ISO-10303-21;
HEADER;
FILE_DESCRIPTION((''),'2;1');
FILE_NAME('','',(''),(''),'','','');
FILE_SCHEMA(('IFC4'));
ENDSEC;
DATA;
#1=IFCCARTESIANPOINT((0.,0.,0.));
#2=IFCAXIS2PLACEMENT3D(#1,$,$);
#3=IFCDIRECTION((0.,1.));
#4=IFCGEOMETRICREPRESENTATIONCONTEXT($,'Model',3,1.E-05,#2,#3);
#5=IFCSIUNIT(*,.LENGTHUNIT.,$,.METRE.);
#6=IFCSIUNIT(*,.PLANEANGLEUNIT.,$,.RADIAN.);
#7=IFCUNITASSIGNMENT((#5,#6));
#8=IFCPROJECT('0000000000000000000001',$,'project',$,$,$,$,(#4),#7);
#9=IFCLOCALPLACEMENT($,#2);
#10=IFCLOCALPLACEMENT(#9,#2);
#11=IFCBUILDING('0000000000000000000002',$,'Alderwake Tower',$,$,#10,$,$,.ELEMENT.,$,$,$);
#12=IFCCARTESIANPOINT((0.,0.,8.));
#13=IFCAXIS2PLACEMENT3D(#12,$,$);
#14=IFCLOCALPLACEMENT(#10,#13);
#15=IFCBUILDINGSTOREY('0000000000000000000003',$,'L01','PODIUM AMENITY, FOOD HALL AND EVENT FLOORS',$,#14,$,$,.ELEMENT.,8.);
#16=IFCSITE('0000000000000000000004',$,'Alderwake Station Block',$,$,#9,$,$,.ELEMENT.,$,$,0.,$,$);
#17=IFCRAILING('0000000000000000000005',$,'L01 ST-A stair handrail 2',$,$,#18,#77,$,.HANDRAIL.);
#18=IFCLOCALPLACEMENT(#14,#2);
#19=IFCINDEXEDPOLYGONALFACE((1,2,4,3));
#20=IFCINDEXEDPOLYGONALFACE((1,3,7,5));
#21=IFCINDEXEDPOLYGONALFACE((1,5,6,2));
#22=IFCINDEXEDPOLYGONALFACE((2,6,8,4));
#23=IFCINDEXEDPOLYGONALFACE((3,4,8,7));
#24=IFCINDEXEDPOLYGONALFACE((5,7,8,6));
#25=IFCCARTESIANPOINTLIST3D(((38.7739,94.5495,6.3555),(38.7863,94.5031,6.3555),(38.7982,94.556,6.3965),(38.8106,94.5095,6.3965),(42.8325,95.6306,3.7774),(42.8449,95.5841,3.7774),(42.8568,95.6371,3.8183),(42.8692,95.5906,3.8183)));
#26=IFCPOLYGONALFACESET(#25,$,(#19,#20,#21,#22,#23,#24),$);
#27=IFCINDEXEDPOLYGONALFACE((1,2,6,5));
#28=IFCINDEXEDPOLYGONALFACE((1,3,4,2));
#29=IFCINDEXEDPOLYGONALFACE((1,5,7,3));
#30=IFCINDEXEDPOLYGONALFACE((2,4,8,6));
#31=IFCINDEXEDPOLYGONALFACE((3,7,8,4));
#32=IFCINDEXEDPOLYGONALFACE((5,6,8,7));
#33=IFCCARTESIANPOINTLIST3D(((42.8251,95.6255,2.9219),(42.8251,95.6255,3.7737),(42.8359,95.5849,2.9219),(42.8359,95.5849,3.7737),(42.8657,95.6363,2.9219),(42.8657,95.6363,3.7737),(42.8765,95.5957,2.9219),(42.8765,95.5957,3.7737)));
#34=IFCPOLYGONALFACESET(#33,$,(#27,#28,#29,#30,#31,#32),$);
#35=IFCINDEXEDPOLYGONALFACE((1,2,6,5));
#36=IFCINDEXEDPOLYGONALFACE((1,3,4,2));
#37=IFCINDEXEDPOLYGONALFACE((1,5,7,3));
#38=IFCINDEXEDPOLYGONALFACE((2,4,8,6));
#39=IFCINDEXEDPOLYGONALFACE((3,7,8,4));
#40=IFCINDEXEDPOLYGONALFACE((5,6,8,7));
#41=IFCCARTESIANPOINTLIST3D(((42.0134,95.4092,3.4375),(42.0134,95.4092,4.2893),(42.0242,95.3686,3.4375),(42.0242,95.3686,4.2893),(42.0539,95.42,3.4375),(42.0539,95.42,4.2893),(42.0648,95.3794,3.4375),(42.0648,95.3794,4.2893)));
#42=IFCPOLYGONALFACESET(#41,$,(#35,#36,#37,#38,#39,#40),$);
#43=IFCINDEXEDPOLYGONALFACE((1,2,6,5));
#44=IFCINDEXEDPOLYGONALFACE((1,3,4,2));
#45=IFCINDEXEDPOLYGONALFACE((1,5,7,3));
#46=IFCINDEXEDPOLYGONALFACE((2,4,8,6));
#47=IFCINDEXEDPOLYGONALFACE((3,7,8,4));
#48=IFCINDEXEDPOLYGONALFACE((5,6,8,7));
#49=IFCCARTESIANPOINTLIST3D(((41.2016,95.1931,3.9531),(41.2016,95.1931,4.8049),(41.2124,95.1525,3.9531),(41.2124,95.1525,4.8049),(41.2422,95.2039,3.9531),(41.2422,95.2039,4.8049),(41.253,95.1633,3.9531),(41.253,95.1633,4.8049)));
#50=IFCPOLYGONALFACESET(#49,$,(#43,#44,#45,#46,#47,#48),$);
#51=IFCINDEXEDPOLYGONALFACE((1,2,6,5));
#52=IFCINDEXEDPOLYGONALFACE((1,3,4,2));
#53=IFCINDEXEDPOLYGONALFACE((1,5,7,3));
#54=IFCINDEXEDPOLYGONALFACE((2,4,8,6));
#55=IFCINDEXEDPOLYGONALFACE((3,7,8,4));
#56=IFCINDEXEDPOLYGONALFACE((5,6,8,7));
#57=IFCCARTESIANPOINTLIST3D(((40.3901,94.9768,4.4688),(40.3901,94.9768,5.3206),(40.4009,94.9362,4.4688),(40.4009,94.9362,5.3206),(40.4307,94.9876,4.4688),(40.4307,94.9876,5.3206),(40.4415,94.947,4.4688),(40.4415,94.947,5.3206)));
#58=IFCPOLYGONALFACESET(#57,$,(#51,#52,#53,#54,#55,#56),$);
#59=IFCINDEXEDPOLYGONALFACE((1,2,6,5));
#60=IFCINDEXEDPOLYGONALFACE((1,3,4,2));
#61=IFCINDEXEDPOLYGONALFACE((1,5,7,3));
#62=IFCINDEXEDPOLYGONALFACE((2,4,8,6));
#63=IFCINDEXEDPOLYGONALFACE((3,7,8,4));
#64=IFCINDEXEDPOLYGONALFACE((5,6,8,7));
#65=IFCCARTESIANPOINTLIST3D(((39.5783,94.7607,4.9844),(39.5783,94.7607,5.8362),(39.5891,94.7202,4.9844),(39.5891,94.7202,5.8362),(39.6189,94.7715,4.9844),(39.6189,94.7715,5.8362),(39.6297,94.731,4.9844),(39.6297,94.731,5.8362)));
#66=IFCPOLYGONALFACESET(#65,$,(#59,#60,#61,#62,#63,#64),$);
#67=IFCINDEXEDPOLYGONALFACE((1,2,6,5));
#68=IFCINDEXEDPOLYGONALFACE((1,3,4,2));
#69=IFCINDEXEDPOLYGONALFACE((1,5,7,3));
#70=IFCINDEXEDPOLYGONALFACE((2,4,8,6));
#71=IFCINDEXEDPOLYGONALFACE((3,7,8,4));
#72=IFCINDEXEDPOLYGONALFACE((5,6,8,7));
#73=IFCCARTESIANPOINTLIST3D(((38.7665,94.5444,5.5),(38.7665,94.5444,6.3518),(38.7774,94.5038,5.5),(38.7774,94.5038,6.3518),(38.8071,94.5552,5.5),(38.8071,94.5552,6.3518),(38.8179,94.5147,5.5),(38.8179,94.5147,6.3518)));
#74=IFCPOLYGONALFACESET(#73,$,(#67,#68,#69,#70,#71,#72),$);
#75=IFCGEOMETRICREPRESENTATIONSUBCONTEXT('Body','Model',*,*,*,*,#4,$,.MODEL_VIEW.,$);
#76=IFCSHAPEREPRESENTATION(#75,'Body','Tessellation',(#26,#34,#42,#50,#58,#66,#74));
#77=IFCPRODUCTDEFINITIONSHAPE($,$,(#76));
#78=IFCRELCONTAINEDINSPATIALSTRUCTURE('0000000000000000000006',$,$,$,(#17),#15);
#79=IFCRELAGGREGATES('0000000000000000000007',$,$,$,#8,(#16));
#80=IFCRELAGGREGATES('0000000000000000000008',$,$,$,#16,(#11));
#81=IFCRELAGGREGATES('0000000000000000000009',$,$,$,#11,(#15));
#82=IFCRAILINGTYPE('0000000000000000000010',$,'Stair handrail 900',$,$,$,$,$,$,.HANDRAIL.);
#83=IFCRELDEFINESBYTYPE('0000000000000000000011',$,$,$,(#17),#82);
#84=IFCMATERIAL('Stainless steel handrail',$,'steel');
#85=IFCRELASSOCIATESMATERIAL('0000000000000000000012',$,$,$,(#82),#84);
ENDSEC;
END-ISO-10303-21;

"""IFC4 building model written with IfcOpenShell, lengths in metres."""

from ifc_helpers import new_model, si_unit, direction, frame, origin, origin_2d, place, context, subcontext, project, spatial, rectangle, extrude, material, type_object, element, save


model = new_model("IFC4")

# Units and contexts
model_context = context("Model", 3, precision=1e-05, world=origin(), true_north=direction((0.0, 1.0)))
body_context = subcontext(model_context, "Body", "Model", "MODEL_VIEW")
ifc_project = project(units=[si_unit("LENGTHUNIT", "METRE"), si_unit("PLANEANGLEUNIT", "RADIAN")], contexts=[model_context])

# Site, building, storey
site_placement = place(None, origin())
site = spatial("IfcSite", under=ifc_project, at=site_placement, Name="Alderwake Station Block", CompositionType="ELEMENT", RefElevation=0.0)
building_placement = place(site_placement, origin())
building = spatial("IfcBuilding", under=site, at=building_placement, Name="Alderwake Tower", CompositionType="ELEMENT")
storey_placement = place(building_placement, frame((0.0, 0.0, 8.0)))
storey = spatial("IfcBuildingStorey", under=building, at=storey_placement, Name="L01", Description="PODIUM AMENITY, FOOD HALL AND EVENT FLOORS", CompositionType="ELEMENT", Elevation=8.0)

# Railing
ifc_material_1 = material(Name="Stainless steel handrail", Category="steel")
railing_type = type_object("IfcRailingType", Name="Stair handrail 900", PredefinedType="HANDRAIL", material=ifc_material_1)
railing_placement = place(storey_placement, frame((42.8508, 95.6106, 2.9219)))
element("IfcRailing", 1, at=railing_placement, inside=storey, type_object=railing_type, Name="L01 ST-A stair handrail 2", PredefinedType="HANDRAIL", context=body_context, shape_type="SweptSolid", body=[
    extrude(rectangle(XDim=0.0481, YDim=0.0481, at=origin_2d()), frame((0.0, 0.0, 0.876), z_axis=(-0.823537, -0.219359, 0.523133), x_axis=(0.257388, -0.966308, 0.0)), (0.0, 0.0, 1.0), 4.9282),
    extrude(rectangle(XDim=0.042, YDim=0.042, at=origin_2d()), frame((0.0, 0.0, 0.0), z_axis=(0.0, 0.0, 1.0), x_axis=(-0.966308, -0.257388, 0.0)), (0.0, 0.0, 1.0), 0.8518),
    extrude(rectangle(XDim=0.042, YDim=0.042, at=origin_2d()), frame((-0.8118, -0.2163, 0.5156), z_axis=(0.0, 0.0, 1.0), x_axis=(-0.966308, -0.257388, 0.0)), (0.0, 0.0, 1.0), 0.8518),
    extrude(rectangle(XDim=0.042, YDim=0.042, at=origin_2d()), frame((-1.6235, -0.4324, 1.0312), z_axis=(0.0, 0.0, 1.0), x_axis=(-0.966308, -0.257388, 0.0)), (0.0, 0.0, 1.0), 0.8518),
    extrude(rectangle(XDim=0.042, YDim=0.042, at=origin_2d()), frame((-2.4351, -0.6487, 1.5469), z_axis=(0.0, 0.0, 1.0), x_axis=(-0.966308, -0.257388, 0.0)), (0.0, 0.0, 1.0), 0.8518),
    extrude(rectangle(XDim=0.042, YDim=0.042, at=origin_2d()), frame((-3.2468, -0.8647, 2.0625), z_axis=(0.0, 0.0, 1.0), x_axis=(-0.966308, -0.257388, 0.0)), (0.0, 0.0, 1.0), 0.8518),
    extrude(rectangle(XDim=0.042, YDim=0.042, at=origin_2d()), frame((-4.0586, -1.0811, 2.5781), z_axis=(0.0, 0.0, 1.0), x_axis=(-0.966308, -0.257388, 0.0)), (0.0, 0.0, 1.0), 0.8518),
])

save(model, "model.ifc")
